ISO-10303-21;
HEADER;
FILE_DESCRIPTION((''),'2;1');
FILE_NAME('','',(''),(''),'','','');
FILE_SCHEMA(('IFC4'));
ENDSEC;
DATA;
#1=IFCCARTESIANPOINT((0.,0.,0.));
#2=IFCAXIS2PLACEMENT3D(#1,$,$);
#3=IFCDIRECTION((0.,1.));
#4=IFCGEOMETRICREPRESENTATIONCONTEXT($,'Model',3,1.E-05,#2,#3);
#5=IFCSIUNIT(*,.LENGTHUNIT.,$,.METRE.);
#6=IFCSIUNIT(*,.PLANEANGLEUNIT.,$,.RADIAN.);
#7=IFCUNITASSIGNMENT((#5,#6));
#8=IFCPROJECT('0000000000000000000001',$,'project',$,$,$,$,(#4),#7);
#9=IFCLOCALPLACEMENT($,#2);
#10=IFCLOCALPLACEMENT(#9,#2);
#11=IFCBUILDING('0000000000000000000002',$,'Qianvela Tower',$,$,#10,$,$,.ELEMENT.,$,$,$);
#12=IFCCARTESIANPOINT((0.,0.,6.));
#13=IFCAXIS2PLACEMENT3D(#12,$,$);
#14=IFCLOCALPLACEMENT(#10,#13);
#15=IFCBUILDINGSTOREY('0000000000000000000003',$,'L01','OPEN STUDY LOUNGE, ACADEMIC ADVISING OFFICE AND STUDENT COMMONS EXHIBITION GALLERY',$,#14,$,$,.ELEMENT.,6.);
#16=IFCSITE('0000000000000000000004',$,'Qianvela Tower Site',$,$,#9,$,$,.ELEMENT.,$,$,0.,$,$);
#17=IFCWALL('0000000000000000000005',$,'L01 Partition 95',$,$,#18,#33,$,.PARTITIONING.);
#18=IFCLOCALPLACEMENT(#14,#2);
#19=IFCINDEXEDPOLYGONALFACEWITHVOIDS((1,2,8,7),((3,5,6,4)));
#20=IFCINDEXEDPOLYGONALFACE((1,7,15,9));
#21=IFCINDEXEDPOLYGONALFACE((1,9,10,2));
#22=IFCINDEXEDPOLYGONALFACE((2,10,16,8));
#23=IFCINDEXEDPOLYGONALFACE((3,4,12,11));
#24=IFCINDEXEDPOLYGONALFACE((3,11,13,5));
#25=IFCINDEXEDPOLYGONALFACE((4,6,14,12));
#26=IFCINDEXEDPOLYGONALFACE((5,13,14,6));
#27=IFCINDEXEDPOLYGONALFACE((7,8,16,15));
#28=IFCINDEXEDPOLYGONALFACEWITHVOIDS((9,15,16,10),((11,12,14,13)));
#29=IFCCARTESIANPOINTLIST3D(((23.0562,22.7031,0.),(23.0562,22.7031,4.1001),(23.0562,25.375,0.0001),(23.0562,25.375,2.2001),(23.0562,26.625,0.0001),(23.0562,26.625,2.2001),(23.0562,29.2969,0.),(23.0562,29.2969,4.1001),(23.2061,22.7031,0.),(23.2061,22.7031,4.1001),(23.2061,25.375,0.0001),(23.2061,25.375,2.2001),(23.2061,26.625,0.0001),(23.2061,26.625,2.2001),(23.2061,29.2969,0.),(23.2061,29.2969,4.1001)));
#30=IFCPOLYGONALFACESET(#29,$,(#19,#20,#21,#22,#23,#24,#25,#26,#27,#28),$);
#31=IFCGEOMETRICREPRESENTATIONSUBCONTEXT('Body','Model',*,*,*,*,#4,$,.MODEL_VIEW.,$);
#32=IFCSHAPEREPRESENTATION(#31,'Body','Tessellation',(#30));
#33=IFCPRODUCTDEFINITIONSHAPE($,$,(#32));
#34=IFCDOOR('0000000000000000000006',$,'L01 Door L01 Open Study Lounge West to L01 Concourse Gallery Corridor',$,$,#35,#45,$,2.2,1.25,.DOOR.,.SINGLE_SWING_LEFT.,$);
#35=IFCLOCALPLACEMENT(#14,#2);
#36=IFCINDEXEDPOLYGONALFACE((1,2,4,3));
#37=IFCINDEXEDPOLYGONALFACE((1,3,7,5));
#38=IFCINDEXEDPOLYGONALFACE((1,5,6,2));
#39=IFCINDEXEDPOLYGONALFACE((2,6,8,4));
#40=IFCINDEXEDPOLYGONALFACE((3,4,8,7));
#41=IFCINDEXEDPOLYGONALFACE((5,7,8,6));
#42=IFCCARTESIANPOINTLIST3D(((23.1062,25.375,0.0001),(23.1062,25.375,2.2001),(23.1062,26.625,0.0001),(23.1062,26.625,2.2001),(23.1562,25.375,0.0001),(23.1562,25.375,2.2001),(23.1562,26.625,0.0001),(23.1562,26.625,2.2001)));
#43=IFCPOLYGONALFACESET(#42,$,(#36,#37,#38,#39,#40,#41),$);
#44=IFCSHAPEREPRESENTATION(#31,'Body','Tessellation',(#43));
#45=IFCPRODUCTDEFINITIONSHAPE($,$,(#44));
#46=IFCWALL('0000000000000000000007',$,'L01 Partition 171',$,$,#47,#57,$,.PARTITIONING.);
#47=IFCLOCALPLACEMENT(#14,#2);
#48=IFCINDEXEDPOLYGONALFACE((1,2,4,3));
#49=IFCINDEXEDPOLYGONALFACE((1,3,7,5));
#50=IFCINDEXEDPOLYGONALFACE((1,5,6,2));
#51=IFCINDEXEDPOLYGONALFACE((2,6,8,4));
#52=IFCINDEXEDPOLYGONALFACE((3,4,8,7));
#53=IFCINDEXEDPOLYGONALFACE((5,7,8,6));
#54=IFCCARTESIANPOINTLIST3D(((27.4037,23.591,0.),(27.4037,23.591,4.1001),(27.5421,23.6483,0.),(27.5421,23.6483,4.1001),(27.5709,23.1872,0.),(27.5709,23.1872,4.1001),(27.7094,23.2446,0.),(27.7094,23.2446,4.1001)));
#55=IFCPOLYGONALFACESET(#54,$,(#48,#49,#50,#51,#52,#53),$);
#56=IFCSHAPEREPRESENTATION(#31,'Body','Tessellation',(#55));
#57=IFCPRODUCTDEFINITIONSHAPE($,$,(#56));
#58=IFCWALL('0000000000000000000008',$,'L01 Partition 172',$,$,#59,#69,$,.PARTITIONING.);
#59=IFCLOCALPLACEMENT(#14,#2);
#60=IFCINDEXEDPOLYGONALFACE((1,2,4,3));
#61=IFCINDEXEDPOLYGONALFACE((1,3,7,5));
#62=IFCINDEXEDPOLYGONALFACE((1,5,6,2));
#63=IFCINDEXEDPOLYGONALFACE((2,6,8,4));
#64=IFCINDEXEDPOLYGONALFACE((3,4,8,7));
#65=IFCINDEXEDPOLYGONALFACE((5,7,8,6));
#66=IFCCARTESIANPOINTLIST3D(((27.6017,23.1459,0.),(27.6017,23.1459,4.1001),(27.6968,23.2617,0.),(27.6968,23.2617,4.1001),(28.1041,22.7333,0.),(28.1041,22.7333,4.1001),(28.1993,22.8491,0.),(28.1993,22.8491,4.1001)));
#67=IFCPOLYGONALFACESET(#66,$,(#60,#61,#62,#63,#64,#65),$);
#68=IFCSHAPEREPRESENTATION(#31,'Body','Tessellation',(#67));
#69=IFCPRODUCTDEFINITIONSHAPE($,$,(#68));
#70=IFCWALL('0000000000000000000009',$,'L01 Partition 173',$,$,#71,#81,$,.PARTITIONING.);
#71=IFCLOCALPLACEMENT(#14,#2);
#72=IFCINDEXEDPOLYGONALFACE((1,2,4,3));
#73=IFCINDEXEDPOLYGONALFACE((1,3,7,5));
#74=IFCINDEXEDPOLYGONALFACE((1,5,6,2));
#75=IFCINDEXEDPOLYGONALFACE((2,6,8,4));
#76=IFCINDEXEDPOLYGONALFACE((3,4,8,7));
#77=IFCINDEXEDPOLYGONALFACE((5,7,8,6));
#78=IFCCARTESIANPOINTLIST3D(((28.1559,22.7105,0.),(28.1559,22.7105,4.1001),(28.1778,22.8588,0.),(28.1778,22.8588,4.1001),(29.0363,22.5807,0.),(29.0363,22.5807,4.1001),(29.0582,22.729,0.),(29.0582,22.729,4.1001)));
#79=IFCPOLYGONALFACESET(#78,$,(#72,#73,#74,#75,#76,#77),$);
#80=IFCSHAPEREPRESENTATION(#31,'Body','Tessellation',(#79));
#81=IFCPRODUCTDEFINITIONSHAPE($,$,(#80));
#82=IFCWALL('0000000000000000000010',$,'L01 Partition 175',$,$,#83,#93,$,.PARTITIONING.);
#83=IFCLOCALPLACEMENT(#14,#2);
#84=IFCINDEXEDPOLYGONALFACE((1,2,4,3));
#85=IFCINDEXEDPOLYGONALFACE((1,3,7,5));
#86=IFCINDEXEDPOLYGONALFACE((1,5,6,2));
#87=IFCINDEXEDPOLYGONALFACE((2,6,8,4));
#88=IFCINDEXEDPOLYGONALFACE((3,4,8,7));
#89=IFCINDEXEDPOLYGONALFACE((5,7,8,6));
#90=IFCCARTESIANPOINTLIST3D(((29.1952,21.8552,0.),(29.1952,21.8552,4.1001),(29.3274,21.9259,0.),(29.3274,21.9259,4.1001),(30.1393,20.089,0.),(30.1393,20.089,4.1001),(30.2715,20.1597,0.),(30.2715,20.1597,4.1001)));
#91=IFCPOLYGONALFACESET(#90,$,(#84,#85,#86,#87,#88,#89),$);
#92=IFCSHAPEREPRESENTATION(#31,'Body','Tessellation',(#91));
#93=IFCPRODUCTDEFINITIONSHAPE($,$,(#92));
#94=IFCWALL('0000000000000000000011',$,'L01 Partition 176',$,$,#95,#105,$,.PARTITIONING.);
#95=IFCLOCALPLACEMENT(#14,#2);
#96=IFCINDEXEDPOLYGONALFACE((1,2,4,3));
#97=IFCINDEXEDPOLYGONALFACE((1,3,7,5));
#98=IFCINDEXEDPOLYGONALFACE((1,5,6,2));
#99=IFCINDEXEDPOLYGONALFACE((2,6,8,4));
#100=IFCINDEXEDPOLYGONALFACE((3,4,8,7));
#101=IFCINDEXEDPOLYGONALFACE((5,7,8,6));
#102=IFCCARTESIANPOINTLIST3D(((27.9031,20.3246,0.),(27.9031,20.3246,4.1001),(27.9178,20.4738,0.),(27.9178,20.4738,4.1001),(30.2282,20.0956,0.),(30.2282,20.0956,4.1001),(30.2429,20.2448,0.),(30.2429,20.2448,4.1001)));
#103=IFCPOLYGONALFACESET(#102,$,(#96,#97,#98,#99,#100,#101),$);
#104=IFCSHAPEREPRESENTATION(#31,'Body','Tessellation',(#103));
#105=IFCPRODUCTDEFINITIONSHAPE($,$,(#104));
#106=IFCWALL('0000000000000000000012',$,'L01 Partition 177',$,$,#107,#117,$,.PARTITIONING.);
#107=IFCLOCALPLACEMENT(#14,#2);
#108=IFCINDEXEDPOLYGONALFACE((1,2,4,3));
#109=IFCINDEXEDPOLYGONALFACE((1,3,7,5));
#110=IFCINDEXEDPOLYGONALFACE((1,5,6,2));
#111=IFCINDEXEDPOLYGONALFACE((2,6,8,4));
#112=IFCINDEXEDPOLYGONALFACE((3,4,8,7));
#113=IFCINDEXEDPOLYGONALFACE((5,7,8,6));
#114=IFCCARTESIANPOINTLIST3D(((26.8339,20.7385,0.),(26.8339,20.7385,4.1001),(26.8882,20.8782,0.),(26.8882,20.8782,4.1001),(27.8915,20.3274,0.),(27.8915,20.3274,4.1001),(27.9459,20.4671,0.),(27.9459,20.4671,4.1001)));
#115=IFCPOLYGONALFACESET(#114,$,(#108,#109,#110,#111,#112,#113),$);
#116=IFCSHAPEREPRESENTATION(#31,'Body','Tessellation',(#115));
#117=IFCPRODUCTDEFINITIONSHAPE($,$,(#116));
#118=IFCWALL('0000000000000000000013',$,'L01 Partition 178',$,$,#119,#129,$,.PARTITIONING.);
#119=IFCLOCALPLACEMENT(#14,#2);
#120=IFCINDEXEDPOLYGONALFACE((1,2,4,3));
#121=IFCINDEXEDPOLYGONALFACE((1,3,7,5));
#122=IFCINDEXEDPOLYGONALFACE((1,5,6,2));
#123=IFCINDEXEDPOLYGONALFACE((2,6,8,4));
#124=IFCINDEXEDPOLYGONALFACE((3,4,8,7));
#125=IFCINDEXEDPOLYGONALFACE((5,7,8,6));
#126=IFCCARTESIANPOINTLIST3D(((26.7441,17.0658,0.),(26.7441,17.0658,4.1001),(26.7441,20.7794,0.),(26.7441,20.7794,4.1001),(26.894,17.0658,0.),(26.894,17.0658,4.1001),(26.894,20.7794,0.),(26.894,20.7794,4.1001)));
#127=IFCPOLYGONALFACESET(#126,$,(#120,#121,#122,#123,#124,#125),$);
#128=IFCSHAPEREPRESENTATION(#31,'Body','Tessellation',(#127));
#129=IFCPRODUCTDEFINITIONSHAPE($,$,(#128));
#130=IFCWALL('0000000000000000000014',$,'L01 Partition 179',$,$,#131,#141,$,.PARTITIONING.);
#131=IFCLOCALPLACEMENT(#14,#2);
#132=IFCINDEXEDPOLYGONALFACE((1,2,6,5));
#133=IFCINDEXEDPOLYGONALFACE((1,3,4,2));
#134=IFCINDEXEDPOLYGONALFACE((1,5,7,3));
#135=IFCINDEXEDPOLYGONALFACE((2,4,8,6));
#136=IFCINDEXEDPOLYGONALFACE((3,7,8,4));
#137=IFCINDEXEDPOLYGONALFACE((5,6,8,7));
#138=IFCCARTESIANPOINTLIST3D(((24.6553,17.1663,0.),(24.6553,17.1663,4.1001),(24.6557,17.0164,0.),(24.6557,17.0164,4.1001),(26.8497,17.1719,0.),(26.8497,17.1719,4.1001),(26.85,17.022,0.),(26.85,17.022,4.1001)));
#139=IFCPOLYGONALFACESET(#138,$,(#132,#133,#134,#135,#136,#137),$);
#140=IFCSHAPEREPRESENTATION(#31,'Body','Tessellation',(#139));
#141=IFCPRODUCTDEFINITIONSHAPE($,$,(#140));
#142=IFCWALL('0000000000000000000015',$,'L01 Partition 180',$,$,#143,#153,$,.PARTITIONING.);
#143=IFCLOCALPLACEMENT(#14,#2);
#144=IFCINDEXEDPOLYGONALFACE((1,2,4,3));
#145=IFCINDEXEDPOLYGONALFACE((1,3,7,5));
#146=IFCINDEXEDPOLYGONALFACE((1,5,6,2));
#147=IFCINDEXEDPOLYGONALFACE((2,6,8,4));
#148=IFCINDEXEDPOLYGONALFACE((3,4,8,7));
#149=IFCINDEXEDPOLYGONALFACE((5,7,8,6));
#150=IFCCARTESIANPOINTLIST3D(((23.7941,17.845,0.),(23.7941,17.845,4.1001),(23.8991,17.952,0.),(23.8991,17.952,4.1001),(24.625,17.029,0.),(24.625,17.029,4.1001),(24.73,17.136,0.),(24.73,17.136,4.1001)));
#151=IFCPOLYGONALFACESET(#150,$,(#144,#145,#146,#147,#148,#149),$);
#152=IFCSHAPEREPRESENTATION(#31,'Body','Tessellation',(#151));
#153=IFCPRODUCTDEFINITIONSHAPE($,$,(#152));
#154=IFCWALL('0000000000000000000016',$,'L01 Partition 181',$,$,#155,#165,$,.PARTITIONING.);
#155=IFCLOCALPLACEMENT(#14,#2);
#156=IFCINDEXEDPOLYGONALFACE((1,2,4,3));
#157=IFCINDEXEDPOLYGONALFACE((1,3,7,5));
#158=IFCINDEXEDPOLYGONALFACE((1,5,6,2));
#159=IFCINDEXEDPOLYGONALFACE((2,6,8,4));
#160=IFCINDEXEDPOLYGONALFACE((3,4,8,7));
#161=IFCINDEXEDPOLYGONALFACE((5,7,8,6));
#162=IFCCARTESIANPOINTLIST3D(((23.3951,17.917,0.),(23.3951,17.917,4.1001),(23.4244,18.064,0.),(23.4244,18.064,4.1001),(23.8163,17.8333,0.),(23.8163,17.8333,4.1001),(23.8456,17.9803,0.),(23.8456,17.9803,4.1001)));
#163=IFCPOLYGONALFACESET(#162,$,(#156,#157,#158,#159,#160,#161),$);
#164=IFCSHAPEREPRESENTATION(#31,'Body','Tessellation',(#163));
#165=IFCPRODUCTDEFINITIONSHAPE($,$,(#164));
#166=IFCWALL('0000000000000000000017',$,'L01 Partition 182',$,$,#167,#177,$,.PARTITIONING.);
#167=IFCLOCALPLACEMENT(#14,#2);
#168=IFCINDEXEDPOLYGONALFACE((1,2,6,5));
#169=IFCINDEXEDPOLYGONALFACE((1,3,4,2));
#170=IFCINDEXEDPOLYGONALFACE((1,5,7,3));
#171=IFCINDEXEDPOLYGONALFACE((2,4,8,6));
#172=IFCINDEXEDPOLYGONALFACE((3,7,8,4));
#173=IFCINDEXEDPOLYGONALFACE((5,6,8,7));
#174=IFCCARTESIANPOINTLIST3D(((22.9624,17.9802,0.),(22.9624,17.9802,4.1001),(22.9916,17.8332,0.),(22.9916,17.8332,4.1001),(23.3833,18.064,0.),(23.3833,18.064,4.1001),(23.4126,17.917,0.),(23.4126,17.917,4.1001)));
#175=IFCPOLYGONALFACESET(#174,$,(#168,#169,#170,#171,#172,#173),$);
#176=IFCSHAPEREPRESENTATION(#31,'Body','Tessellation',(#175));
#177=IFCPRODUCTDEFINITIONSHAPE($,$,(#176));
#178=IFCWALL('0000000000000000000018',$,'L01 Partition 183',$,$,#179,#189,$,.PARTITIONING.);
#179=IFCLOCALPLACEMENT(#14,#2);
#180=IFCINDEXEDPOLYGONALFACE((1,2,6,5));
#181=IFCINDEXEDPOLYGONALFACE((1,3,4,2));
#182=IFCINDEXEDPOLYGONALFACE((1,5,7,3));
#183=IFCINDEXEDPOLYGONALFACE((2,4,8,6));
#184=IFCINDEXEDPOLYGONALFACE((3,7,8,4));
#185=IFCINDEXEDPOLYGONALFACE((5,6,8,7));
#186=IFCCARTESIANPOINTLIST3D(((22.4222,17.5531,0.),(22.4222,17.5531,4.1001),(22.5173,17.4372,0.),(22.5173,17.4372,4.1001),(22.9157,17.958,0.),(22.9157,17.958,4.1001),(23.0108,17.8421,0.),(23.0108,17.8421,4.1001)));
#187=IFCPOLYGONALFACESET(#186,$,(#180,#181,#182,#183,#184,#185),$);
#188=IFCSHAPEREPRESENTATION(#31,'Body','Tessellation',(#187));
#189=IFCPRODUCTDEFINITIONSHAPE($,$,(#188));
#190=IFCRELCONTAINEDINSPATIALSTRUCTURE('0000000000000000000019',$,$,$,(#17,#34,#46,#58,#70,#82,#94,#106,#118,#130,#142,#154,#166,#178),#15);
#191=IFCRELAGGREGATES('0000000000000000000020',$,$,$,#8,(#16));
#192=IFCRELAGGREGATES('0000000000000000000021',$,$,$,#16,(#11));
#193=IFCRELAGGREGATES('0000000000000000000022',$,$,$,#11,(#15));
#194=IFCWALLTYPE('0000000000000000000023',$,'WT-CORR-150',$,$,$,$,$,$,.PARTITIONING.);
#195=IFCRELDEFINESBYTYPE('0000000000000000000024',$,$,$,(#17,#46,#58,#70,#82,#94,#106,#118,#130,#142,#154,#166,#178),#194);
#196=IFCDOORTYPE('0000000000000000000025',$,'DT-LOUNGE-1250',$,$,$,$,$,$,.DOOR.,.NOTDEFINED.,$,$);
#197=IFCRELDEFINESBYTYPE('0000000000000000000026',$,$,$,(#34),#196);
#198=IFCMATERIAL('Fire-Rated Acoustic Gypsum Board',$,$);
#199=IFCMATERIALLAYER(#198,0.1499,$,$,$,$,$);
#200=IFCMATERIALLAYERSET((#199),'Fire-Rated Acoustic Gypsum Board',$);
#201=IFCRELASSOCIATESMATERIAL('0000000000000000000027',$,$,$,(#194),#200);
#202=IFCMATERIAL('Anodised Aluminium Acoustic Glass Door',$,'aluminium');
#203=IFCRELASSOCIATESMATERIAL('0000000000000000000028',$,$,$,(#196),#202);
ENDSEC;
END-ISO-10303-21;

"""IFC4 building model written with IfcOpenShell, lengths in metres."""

from ifc_helpers import new_model, si_unit, direction, frame, frame_2d, origin, place, context, subcontext, project, spatial, rectangle, extrude, material, layer, layer_set, type_object, element, fill, save


model = new_model("IFC4")

# Units and contexts
model_context = context("Model", 3, precision=1e-05, world=origin(), true_north=direction((0.0, 1.0)))
body_context = subcontext(model_context, "Body", "Model", "MODEL_VIEW")
ifc_project = project(units=[si_unit("LENGTHUNIT", "METRE"), si_unit("PLANEANGLEUNIT", "RADIAN")], contexts=[model_context])

# Site, building, storey
site_placement = place(None, origin())
site = spatial("IfcSite", under=ifc_project, at=site_placement, Name="Qianvela Tower Site", CompositionType="ELEMENT", RefElevation=0.0)
building_placement = place(site_placement, origin())
building = spatial("IfcBuilding", under=site, at=building_placement, Name="Qianvela Tower", CompositionType="ELEMENT")
storey_placement = place(building_placement, frame((0.0, 0.0, 6.0)))
storey = spatial("IfcBuildingStorey", under=building, at=storey_placement, Name="L01", Description="OPEN STUDY LOUNGE, ACADEMIC ADVISING OFFICE AND STUDENT COMMONS EXHIBITION GALLERY", CompositionType="ELEMENT", Elevation=6.0)

# Shared definitions
ifc_material_1 = material(Name="Fire-Rated Acoustic Gypsum Board")
ifc_layer_1 = layer(ifc_material_1, 0.1499)
ifc_layer_set_1 = layer_set([ifc_layer_1], Name="Fire-Rated Acoustic Gypsum Board")
wall_type_1 = type_object("IfcWallType", Name="WT-CORR-150", PredefinedType="PARTITIONING", material=ifc_layer_set_1)

# Wall, opening, door
wall_1_placement = place(storey_placement, frame((23.1311, 22.7031, 0.0), z_axis=(0.0, 0.0, 1.0), x_axis=(0.0, 1.0, 0.0)))
wall_1 = element("IfcWall", 1, at=wall_1_placement, inside=storey, type_object=wall_type_1, Name="L01 Partition 95", PredefinedType="PARTITIONING", context=body_context, shape_type="SweptSolid", body=[
    extrude(rectangle(XDim=6.5938, YDim=0.1499, at=frame_2d((3.2969, 0.0))), origin(), (0.0, 0.0, 1.0), 4.1001),
])
opening_placement = place(wall_1_placement, frame((2.6719, 0.0, 0.0)))
opening = element("IfcOpeningElement", 2, at=opening_placement, cuts=wall_1, PredefinedType="OPENING", context=body_context, shape_type="SweptSolid", body=[
    extrude(rectangle(XDim=1.25, YDim=2.2, at=frame_2d((0.625, 1.1001))), frame((0.0, 0.085, 0.0), z_axis=(0.0, -1.0, 0.0), x_axis=(1.0, 0.0, 0.0)), (0.0, 0.0, 1.0), 0.1699),
])
ifc_material_2 = material(Name="Anodised Aluminium Acoustic Glass Door", Category="aluminium")
door_type = type_object("IfcDoorType", Name="DT-LOUNGE-1250", OperationType="NOTDEFINED", PredefinedType="DOOR", material=ifc_material_2)
door_placement = place(opening_placement, origin())
door = element("IfcDoor", 3, at=door_placement, inside=storey, type_object=door_type, Name="L01 Door L01 Open Study Lounge West to L01 Concourse Gallery Corridor", OperationType="SINGLE_SWING_LEFT", OverallHeight=2.2, OverallWidth=1.25, PredefinedType="DOOR", context=body_context, shape_type="SweptSolid", body=[
    extrude(rectangle(XDim=1.25, YDim=2.2, at=frame_2d((0.625, 1.1001))), frame((0.0, 0.0249, 0.0), z_axis=(0.0, -1.0, 0.0), x_axis=(1.0, 0.0, 0.0)), (0.0, 0.0, 1.0), 0.05),
])
fill(opening, door)

# Walls
wall_2_placement = place(storey_placement, frame((27.4729, 23.6196, 0.0), z_axis=(0.0, 0.0, 1.0), x_axis=(0.382631, -0.923901, 0.0)))
element("IfcWall", 4, at=wall_2_placement, inside=storey, type_object=wall_type_1, Name="L01 Partition 171", PredefinedType="PARTITIONING", context=body_context, shape_type="SweptSolid", body=[
    extrude(rectangle(XDim=0.437, YDim=0.1499, at=frame_2d((0.2185, 0.0))), origin(), (0.0, 0.0, 1.0), 4.1001),
])
wall_3_placement = place(storey_placement, frame((27.6492, 23.2039, 0.0), z_axis=(0.0, 0.0, 1.0), x_axis=(0.772818, -0.634627, 0.0)))
element("IfcWall", 5, at=wall_3_placement, inside=storey, type_object=wall_type_1, Name="L01 Partition 172", PredefinedType="PARTITIONING", context=body_context, shape_type="SweptSolid", body=[
    extrude(rectangle(XDim=0.6501, YDim=0.1499, at=frame_2d((0.3252, 0.0))), origin(), (0.0, 0.0, 1.0), 4.1001),
])
wall_4_placement = place(storey_placement, frame((28.167, 22.7847, 0.0), z_axis=(0.0, 0.0, 1.0), x_axis=(0.989292, -0.145952, 0.0)))
element("IfcWall", 6, at=wall_4_placement, inside=storey, type_object=wall_type_1, Name="L01 Partition 173", PredefinedType="PARTITIONING", context=body_context, shape_type="SweptSolid", body=[
    extrude(rectangle(XDim=0.8899, YDim=0.1499, at=frame_2d((0.4448, 0.0))), origin(), (0.0, 0.0, 1.0), 4.1001),
])
wall_5_placement = place(storey_placement, frame((29.2612, 21.8906, 0.0), z_axis=(0.0, 0.0, 1.0), x_axis=(0.47143, -0.881904, 0.0)))
element("IfcWall", 7, at=wall_5_placement, inside=storey, type_object=wall_type_1, Name="L01 Partition 175", PredefinedType="PARTITIONING", context=body_context, shape_type="SweptSolid", body=[
    extrude(rectangle(XDim=2.0027, YDim=0.1499, at=frame_2d((1.0015, 0.0))), origin(), (0.0, 0.0, 1.0), 4.1001),
])
wall_6_placement = place(storey_placement, frame((30.2356, 20.1702, 0.0), z_axis=(0.0, 0.0, 1.0), x_axis=(-0.995185, 0.098014, 0.0)))
element("IfcWall", 8, at=wall_6_placement, inside=storey, type_object=wall_type_1, Name="L01 Partition 176", PredefinedType="PARTITIONING", context=body_context, shape_type="SweptSolid", body=[
    extrude(rectangle(XDim=2.3364, YDim=0.1499, at=frame_2d((1.1682, 0.0))), origin(), (0.0, 0.0, 1.0), 4.1001),
])
wall_7_placement = place(storey_placement, frame((27.9187, 20.3972, 0.0), z_axis=(0.0, 0.0, 1.0), x_axis=(-0.932053, 0.362322, 0.0)))
element("IfcWall", 9, at=wall_7_placement, inside=storey, type_object=wall_type_1, Name="L01 Partition 177", PredefinedType="PARTITIONING", context=body_context, shape_type="SweptSolid", body=[
    extrude(rectangle(XDim=1.1348, YDim=0.1499, at=frame_2d((0.5674, 0.0))), origin(), (0.0, 0.0, 1.0), 4.1001),
])
wall_8_placement = place(storey_placement, frame((26.8191, 20.7795, 0.0), z_axis=(0.0, 0.0, 1.0), x_axis=(0.0, -1.0, 0.0)))
element("IfcWall", 10, at=wall_8_placement, inside=storey, type_object=wall_type_1, Name="L01 Partition 178", PredefinedType="PARTITIONING", context=body_context, shape_type="SweptSolid", body=[
    extrude(rectangle(XDim=3.7136, YDim=0.1499, at=frame_2d((1.8569, 0.0))), origin(), (0.0, 0.0, 1.0), 4.1001),
])
wall_9_placement = place(storey_placement, frame((26.8499, 17.0969, 0.0), z_axis=(0.0, 0.0, 1.0), x_axis=(-0.999997, -0.002559, 0.0)))
element("IfcWall", 11, at=wall_9_placement, inside=storey, type_object=wall_type_1, Name="L01 Partition 179", PredefinedType="PARTITIONING", context=body_context, shape_type="SweptSolid", body=[
    extrude(rectangle(XDim=2.1943, YDim=0.1499, at=frame_2d((1.0972, 0.0))), origin(), (0.0, 0.0, 1.0), 4.1001),
])
wall_10_placement = place(storey_placement, frame((24.6775, 17.0825, 0.0), z_axis=(0.0, 0.0, 1.0), x_axis=(-0.713472, 0.700683, 0.0)))
element("IfcWall", 12, at=wall_10_placement, inside=storey, type_object=wall_type_1, Name="L01 Partition 180", PredefinedType="PARTITIONING", context=body_context, shape_type="SweptSolid", body=[
    extrude(rectangle(XDim=1.1646, YDim=0.1499, at=frame_2d((0.5823, 0.0))), origin(), (0.0, 0.0, 1.0), 4.1001),
])
wall_11_placement = place(storey_placement, frame((23.8311, 17.9067, 0.0), z_axis=(0.0, 0.0, 1.0), x_axis=(-0.980799, 0.195023, 0.0)))
element("IfcWall", 13, at=wall_11_placement, inside=storey, type_object=wall_type_1, Name="L01 Partition 181", PredefinedType="PARTITIONING", context=body_context, shape_type="SweptSolid", body=[
    extrude(rectangle(XDim=0.4294, YDim=0.1499, at=frame_2d((0.2148, 0.0))), origin(), (0.0, 0.0, 1.0), 4.1001),
])
wall_12_placement = place(storey_placement, frame((23.3979, 17.9905, 0.0), z_axis=(0.0, 0.0, 1.0), x_axis=(-0.980777, -0.195131, 0.0)))
element("IfcWall", 14, at=wall_12_placement, inside=storey, type_object=wall_type_1, Name="L01 Partition 182", PredefinedType="PARTITIONING", context=body_context, shape_type="SweptSolid", body=[
    extrude(rectangle(XDim=0.4292, YDim=0.1499, at=frame_2d((0.2146, 0.0))), origin(), (0.0, 0.0, 1.0), 4.1001),
])
wall_13_placement = place(storey_placement, frame((22.9634, 17.9001, 0.0), z_axis=(0.0, 0.0, 1.0), x_axis=(-0.773088, -0.634299, 0.0)))
element("IfcWall", 15, at=wall_13_placement, inside=storey, type_object=wall_type_1, Name="L01 Partition 183", PredefinedType="PARTITIONING", context=body_context, shape_type="SweptSolid", body=[
    extrude(rectangle(XDim=0.6384, YDim=0.1499, at=frame_2d((0.3193, 0.0))), origin(), (0.0, 0.0, 1.0), 4.1001),
])

save(model, "model.ifc")
